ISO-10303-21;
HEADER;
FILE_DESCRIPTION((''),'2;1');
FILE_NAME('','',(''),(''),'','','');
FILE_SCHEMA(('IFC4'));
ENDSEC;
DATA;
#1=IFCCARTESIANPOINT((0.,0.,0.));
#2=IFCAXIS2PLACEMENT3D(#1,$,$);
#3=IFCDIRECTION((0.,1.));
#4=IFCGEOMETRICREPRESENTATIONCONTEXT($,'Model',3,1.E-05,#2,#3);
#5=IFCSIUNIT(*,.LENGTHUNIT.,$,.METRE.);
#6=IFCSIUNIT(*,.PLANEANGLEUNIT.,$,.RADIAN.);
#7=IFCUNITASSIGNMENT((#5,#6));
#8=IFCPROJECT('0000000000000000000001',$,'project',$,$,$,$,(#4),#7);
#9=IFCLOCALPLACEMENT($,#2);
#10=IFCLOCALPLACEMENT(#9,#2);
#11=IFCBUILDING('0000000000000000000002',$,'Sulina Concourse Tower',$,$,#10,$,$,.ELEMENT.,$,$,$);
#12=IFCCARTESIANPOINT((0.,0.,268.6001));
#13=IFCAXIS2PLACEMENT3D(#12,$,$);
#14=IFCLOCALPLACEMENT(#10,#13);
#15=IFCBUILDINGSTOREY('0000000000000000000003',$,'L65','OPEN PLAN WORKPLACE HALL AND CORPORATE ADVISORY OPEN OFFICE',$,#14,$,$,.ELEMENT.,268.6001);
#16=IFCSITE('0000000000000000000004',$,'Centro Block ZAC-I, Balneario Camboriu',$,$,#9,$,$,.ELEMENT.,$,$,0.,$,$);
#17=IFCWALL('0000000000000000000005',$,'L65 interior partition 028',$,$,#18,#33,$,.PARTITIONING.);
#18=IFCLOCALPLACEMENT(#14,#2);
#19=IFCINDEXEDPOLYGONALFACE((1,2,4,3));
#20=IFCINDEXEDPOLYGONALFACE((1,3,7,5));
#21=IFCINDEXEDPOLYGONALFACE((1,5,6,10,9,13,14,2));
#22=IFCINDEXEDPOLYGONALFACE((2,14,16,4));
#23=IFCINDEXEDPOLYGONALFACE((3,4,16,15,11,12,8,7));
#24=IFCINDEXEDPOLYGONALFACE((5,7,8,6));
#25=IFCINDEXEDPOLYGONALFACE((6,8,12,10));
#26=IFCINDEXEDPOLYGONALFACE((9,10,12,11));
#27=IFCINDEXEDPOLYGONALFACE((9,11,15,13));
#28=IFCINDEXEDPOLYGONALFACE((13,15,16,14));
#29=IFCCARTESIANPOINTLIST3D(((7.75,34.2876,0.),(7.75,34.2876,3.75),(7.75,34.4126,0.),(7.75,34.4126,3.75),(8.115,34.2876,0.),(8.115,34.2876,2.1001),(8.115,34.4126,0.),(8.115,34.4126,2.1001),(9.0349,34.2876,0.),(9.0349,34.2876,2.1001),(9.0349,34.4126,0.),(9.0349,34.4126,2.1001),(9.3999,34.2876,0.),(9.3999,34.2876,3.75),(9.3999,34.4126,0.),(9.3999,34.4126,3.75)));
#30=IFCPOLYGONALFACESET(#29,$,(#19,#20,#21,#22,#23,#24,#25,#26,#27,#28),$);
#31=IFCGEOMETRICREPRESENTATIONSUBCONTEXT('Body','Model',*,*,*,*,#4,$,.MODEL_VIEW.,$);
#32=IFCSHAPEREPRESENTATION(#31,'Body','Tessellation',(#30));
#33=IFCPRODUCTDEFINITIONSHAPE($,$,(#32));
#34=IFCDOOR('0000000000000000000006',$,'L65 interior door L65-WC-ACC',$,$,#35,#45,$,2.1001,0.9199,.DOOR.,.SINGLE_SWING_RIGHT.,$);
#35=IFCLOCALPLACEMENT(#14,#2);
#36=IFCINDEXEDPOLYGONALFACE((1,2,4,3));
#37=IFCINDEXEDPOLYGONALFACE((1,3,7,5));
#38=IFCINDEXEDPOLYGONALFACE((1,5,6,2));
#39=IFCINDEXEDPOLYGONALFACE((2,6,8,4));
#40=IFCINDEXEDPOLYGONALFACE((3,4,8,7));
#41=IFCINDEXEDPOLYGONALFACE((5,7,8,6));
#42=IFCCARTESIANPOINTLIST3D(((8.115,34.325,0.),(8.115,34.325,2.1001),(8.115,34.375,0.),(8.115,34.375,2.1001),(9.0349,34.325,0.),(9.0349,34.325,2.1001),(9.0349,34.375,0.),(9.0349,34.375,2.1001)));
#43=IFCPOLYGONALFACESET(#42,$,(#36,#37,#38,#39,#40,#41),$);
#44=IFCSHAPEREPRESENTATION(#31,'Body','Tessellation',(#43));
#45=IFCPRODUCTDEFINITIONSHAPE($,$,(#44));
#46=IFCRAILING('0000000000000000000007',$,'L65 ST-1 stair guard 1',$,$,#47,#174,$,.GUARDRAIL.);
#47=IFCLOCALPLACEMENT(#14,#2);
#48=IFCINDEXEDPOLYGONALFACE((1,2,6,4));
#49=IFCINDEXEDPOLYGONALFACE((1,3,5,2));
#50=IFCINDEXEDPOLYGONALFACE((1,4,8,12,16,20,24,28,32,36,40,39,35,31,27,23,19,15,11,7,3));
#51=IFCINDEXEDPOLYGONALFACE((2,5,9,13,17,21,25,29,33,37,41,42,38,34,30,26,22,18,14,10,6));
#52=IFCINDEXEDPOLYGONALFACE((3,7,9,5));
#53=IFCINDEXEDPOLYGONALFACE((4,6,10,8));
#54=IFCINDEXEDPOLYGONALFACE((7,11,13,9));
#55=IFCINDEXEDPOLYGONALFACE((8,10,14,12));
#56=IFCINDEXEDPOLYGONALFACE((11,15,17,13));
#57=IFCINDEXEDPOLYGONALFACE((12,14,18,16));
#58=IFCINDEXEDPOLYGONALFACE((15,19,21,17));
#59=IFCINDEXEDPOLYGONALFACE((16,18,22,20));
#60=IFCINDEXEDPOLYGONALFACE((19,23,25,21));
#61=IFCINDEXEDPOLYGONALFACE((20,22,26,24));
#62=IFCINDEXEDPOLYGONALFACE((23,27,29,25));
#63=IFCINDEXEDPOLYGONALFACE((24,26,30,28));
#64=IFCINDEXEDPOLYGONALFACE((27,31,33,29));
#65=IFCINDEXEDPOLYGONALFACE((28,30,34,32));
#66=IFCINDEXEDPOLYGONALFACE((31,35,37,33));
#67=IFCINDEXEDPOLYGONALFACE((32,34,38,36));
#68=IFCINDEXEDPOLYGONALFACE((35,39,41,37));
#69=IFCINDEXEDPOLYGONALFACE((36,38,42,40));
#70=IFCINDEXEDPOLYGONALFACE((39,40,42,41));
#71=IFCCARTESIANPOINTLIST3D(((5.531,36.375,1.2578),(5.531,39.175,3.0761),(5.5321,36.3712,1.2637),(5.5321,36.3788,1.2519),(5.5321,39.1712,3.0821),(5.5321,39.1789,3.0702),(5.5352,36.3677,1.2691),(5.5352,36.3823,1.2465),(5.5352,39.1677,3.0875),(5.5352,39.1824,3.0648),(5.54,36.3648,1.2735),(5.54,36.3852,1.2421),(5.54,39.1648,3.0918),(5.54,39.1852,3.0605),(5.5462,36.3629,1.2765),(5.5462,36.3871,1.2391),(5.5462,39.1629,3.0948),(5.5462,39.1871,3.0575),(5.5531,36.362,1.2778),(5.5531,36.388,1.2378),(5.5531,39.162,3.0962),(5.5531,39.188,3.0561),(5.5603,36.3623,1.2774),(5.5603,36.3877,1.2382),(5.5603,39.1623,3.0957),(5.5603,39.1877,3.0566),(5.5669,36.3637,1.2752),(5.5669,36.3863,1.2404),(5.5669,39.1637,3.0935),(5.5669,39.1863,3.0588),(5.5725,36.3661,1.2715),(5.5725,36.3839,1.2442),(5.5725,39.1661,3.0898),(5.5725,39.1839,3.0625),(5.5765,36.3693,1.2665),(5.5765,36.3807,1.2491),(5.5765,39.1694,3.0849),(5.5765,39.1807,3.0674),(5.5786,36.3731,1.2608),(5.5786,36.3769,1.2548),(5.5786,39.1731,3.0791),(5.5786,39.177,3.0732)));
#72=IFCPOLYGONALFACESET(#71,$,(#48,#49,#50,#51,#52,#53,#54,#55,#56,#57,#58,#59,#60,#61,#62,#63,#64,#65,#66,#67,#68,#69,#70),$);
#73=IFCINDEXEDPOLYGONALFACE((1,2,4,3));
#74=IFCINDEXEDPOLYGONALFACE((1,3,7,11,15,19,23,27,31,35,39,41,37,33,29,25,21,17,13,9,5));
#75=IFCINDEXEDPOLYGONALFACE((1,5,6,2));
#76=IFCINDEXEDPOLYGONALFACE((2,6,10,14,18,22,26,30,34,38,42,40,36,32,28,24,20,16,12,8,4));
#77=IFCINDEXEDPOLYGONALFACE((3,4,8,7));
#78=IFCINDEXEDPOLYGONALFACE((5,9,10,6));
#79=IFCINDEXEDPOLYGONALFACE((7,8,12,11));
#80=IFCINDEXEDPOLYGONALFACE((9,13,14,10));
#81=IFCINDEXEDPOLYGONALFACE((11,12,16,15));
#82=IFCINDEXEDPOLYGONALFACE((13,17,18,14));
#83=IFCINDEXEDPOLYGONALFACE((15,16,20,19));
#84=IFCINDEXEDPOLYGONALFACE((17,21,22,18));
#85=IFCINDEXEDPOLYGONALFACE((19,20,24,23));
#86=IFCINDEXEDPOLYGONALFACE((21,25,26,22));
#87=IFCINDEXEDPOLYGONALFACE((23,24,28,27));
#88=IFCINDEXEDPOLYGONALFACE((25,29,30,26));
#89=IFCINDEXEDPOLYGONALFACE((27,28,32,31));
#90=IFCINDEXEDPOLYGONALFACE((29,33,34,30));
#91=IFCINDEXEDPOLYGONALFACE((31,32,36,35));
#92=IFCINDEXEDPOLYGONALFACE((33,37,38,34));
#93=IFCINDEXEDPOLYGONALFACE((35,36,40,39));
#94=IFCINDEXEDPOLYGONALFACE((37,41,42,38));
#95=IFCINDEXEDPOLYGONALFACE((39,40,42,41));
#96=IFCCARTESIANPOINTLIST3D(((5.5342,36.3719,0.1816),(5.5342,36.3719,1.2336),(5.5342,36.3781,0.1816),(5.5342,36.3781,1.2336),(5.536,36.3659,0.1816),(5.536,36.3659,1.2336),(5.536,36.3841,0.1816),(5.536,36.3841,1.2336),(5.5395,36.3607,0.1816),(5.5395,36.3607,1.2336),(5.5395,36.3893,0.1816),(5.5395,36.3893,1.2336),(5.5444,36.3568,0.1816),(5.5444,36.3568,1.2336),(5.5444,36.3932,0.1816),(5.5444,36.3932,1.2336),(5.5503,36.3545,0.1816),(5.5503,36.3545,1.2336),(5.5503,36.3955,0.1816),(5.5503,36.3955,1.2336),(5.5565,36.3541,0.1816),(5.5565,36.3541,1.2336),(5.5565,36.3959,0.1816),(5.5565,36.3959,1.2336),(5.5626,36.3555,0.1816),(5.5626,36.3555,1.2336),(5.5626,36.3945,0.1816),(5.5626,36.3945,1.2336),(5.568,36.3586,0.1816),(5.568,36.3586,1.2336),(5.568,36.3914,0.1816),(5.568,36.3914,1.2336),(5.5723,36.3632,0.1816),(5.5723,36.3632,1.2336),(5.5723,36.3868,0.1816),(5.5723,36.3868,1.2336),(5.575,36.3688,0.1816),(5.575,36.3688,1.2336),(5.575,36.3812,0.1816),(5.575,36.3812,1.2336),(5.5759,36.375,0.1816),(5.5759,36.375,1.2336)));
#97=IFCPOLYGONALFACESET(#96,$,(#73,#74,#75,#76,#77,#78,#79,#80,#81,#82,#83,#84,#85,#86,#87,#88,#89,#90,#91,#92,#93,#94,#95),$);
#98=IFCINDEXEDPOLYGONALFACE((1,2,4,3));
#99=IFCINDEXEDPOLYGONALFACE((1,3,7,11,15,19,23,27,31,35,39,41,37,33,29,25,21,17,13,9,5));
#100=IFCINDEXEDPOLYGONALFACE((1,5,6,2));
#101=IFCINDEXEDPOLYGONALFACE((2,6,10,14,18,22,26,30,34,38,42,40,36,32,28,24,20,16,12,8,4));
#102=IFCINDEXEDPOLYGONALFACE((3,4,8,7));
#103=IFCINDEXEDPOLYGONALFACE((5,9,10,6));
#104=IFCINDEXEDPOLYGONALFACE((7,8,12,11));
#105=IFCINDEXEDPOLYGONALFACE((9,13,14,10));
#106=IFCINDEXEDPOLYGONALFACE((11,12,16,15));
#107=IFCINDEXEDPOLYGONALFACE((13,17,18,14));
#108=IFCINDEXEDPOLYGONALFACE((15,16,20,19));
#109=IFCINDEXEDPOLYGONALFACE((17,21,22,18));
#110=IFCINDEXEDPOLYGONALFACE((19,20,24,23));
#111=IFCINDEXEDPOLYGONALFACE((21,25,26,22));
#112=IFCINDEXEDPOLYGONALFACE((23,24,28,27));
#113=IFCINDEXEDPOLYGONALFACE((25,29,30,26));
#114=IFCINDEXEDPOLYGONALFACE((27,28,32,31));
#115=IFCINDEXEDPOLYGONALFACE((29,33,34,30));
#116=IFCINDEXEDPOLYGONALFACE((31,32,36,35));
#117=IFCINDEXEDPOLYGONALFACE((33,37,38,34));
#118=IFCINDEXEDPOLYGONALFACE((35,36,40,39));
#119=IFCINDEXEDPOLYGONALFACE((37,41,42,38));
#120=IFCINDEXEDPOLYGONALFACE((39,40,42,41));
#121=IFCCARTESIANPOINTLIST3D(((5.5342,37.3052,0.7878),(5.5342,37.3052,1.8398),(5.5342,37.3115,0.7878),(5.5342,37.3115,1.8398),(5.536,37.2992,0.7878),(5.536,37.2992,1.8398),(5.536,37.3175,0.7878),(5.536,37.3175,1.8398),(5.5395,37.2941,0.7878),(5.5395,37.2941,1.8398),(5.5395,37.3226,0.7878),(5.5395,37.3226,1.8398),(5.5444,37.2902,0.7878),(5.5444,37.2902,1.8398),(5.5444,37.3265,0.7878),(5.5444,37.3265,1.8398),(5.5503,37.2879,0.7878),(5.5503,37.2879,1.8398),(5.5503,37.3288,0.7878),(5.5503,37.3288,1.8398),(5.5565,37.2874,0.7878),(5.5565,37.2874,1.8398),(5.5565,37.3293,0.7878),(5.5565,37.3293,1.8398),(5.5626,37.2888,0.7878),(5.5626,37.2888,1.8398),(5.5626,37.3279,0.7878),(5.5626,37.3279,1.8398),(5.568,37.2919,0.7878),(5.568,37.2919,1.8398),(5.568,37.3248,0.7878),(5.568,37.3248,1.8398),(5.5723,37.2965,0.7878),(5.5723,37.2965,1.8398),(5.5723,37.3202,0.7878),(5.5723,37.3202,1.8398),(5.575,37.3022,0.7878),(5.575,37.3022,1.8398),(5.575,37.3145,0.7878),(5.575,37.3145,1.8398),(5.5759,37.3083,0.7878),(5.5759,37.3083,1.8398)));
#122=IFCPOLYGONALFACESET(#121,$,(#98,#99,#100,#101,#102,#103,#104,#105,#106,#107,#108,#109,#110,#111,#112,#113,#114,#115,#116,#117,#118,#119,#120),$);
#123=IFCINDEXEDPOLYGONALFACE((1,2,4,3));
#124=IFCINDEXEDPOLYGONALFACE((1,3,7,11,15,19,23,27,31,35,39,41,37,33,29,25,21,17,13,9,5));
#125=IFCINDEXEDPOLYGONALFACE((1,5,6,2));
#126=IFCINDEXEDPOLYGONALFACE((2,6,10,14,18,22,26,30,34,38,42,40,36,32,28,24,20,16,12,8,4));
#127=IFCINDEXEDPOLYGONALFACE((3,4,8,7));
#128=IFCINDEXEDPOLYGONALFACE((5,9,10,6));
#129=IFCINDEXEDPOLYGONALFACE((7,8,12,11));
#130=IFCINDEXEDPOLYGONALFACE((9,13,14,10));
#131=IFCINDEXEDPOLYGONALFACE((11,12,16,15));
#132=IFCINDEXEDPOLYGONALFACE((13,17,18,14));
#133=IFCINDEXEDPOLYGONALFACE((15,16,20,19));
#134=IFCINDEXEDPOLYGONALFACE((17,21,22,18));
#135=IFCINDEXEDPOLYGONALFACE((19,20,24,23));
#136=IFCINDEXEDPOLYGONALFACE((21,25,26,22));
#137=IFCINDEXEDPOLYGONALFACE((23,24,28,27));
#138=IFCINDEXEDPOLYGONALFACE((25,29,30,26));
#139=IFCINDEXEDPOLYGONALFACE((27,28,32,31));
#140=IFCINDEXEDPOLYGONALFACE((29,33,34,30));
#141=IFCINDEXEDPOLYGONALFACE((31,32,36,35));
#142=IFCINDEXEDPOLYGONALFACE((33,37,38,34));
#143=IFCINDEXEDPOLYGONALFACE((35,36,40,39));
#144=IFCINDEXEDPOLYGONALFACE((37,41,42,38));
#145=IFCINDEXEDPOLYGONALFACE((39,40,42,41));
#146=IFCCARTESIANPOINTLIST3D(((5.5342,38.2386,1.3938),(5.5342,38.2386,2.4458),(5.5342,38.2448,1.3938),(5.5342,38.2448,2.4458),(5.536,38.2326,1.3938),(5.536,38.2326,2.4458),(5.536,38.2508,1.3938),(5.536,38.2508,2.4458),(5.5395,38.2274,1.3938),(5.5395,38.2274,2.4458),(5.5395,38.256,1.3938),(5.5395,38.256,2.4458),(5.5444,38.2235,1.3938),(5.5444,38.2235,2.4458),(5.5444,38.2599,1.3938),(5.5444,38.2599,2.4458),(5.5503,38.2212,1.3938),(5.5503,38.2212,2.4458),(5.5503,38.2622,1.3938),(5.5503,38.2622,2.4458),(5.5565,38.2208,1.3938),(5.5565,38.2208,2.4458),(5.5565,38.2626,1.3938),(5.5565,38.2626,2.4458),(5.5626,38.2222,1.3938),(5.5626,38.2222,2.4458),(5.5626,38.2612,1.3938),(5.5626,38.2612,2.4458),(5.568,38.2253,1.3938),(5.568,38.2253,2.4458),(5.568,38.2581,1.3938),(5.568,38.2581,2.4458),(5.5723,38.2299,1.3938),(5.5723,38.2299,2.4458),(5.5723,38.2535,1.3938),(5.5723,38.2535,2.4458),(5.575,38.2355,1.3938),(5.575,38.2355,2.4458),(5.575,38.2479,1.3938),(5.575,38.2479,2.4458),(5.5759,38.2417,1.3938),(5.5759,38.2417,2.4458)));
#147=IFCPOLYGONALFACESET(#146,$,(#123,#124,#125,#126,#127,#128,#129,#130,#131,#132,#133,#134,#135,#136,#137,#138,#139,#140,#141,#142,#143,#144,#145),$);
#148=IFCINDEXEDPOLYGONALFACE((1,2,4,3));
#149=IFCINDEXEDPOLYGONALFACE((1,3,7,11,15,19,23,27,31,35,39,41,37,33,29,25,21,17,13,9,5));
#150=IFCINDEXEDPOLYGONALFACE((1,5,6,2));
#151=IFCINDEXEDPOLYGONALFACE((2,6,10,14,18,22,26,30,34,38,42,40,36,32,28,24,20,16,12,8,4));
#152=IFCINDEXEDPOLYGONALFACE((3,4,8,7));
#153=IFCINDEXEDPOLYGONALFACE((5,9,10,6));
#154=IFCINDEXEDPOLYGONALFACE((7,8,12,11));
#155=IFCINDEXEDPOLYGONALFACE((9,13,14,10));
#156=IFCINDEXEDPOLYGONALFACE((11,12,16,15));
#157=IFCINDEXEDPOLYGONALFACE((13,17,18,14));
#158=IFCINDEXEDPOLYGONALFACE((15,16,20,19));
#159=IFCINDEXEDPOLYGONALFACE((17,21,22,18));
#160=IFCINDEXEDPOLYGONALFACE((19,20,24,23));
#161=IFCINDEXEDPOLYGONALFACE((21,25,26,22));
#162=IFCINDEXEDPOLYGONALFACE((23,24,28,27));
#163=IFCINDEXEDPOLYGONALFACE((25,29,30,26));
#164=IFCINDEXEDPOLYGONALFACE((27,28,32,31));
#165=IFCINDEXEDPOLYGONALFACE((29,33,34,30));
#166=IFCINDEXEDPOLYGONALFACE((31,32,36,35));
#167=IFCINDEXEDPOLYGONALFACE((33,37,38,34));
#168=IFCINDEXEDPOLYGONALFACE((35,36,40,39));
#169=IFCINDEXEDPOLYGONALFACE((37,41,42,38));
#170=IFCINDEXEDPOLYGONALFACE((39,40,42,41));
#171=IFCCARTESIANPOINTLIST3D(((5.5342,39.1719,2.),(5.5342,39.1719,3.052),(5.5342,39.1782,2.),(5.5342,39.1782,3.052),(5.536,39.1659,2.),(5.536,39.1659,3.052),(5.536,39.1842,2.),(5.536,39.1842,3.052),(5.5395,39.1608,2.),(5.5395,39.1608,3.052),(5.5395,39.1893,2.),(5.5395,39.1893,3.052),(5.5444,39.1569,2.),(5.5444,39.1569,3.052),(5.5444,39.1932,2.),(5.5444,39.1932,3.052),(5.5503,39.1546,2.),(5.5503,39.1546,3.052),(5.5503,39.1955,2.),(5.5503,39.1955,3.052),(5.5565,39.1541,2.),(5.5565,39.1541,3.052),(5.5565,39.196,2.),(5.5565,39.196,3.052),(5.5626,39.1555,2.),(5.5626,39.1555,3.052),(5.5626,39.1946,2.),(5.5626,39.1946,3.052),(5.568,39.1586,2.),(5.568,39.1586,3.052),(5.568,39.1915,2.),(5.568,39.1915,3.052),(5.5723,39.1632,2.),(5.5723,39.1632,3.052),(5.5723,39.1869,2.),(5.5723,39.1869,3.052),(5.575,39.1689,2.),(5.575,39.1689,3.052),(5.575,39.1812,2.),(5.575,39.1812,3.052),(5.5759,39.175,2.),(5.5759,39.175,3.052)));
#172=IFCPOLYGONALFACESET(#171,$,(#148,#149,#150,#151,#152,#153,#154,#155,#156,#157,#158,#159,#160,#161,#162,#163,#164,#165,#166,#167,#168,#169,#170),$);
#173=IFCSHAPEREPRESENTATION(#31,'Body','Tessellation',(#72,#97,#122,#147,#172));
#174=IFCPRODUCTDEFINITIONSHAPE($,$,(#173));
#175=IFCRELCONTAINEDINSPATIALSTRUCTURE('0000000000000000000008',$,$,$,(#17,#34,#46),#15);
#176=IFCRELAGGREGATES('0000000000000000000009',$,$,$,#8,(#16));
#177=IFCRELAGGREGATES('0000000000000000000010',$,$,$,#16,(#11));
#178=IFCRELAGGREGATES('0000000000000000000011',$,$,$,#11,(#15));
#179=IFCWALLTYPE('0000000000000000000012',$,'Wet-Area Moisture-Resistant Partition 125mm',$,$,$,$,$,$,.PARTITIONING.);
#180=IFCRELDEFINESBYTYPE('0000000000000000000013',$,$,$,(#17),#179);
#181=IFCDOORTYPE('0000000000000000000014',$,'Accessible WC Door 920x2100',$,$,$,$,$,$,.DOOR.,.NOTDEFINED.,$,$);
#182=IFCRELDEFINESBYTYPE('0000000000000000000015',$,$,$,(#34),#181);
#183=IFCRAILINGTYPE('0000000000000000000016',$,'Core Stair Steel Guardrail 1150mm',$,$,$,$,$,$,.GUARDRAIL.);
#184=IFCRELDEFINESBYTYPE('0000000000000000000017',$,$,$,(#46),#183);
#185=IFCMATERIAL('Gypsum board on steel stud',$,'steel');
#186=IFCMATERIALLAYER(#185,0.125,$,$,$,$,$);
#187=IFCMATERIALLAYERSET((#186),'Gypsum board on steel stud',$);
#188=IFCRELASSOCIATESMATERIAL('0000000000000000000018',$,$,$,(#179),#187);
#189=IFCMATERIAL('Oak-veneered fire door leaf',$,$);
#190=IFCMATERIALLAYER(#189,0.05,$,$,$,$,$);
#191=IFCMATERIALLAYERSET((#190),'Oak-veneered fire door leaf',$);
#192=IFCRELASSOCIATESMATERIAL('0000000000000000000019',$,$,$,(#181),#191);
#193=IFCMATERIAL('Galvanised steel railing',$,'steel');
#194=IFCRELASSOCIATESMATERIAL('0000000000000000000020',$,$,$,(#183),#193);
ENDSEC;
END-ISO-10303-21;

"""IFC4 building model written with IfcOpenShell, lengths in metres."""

from ifc_helpers import new_model, si_unit, direction, frame, frame_2d, origin, origin_2d, place, context, subcontext, project, spatial, rectangle, circle, extrude, material, layer, layer_set, type_object, element, fill, save


model = new_model("IFC4")

# Units and contexts
model_context = context("Model", 3, precision=1e-05, world=origin(), true_north=direction((0.0, 1.0)))
body_context = subcontext(model_context, "Body", "Model", "MODEL_VIEW")
ifc_project = project(units=[si_unit("LENGTHUNIT", "METRE"), si_unit("PLANEANGLEUNIT", "RADIAN")], contexts=[model_context])

# Site, building, storey
site_placement = place(None, origin())
site = spatial("IfcSite", under=ifc_project, at=site_placement, Name="Centro Block ZAC-I, Balneario Camboriu", CompositionType="ELEMENT", RefElevation=0.0)
building_placement = place(site_placement, origin())
building = spatial("IfcBuilding", under=site, at=building_placement, Name="Sulina Concourse Tower", CompositionType="ELEMENT")
storey_placement = place(building_placement, frame((0.0, 0.0, 268.6001)))
storey = spatial("IfcBuildingStorey", under=building, at=storey_placement, Name="L65", Description="OPEN PLAN WORKPLACE HALL AND CORPORATE ADVISORY OPEN OFFICE", CompositionType="ELEMENT", Elevation=268.6001)

# Wall, opening, door
ifc_material_1 = material(Name="Gypsum board on steel stud", Category="steel")
ifc_layer_1 = layer(ifc_material_1, 0.125)
ifc_layer_set_1 = layer_set([ifc_layer_1], Name="Gypsum board on steel stud")
wall_type_1 = type_object("IfcWallType", Name="Wet-Area Moisture-Resistant Partition 125mm", PredefinedType="PARTITIONING", material=ifc_layer_set_1)
wall_1_placement = place(storey_placement, frame((7.75, 34.3501, 0.0), z_axis=(0.0, 0.0, 1.0), x_axis=(1.0, 0.0, 0.0)))
wall_1 = element("IfcWall", 1, at=wall_1_placement, inside=storey, type_object=wall_type_1, Name="L65 interior partition 028", PredefinedType="PARTITIONING", context=body_context, shape_type="SweptSolid", body=[
    extrude(rectangle(XDim=1.6499, YDim=0.125, at=frame_2d((0.825, 0.0))), origin(), (0.0, 0.0, 1.0), 3.75),
])
opening_1_placement = place(wall_1_placement, frame((0.365, 0.0, 0.0)))
opening_1 = element("IfcOpeningElement", 2, at=opening_1_placement, cuts=wall_1, PredefinedType="OPENING", context=body_context, shape_type="SweptSolid", body=[
    extrude(rectangle(XDim=0.9199, YDim=2.1001, at=frame_2d((0.46, 1.05))), frame((0.0, 0.0725, 0.0), z_axis=(0.0, -1.0, 0.0), x_axis=(1.0, 0.0, 0.0)), (0.0, 0.0, 1.0), 0.145),
])
ifc_material_2 = material(Name="Oak-veneered fire door leaf")
ifc_layer_2 = layer(ifc_material_2, 0.05)
ifc_layer_set_2 = layer_set([ifc_layer_2], Name="Oak-veneered fire door leaf")
door_type_1 = type_object("IfcDoorType", Name="Accessible WC Door 920x2100", OperationType="NOTDEFINED", PredefinedType="DOOR", material=ifc_layer_set_2)
door_1_placement = place(opening_1_placement, origin())
door_1 = element("IfcDoor", 3, at=door_1_placement, inside=storey, type_object=door_type_1, Name="L65 interior door L65-WC-ACC", OperationType="SINGLE_SWING_RIGHT", OverallHeight=2.1001, OverallWidth=0.9199, PredefinedType="DOOR", context=body_context, shape_type="SweptSolid", body=[
    extrude(rectangle(XDim=0.9199, YDim=2.1001, at=frame_2d((0.46, 1.05))), frame((0.0, 0.0249, 0.0), z_axis=(0.0, -1.0, 0.0), x_axis=(1.0, 0.0, 0.0)), (0.0, 0.0, 1.0), 0.05),
])
fill(opening_1, door_1)

# Railing
ifc_material_3 = material(Name="Galvanised steel railing", Category="steel")
railing_type = type_object("IfcRailingType", Name="Core Stair Steel Guardrail 1150mm", PredefinedType="GUARDRAIL", material=ifc_material_3)
railing_1_placement = place(storey_placement, frame((5.5549, 36.375, 0.1816)))
element("IfcRailing", 4, at=railing_1_placement, inside=storey, type_object=railing_type, Name="L65 ST-1 stair guard 1", PredefinedType="GUARDRAIL", context=body_context, shape_type="SweptSolid", body=[
    extrude(circle(Radius=0.0239, at=origin_2d()), frame((0.0, 0.0, 1.0762), z_axis=(0.0, 0.838672, 0.544636), x_axis=(-1.0, 0.0, 0.0)), (0.0, 0.0, 1.0), 3.3386),
    extrude(circle(Radius=0.021, at=origin_2d()), origin(), (0.0, 0.0, 1.0), 1.052),
    extrude(circle(Radius=0.021, at=origin_2d()), frame((0.0, 0.9333, 0.6062)), (0.0, 0.0, 1.0), 1.052),
    extrude(circle(Radius=0.021, at=origin_2d()), frame((0.0, 1.8667, 1.2122)), (0.0, 0.0, 1.0), 1.052),
    extrude(circle(Radius=0.021, at=origin_2d()), frame((0.0, 2.8, 1.8184)), (0.0, 0.0, 1.0), 1.052),
])

save(model, "model.ifc")
